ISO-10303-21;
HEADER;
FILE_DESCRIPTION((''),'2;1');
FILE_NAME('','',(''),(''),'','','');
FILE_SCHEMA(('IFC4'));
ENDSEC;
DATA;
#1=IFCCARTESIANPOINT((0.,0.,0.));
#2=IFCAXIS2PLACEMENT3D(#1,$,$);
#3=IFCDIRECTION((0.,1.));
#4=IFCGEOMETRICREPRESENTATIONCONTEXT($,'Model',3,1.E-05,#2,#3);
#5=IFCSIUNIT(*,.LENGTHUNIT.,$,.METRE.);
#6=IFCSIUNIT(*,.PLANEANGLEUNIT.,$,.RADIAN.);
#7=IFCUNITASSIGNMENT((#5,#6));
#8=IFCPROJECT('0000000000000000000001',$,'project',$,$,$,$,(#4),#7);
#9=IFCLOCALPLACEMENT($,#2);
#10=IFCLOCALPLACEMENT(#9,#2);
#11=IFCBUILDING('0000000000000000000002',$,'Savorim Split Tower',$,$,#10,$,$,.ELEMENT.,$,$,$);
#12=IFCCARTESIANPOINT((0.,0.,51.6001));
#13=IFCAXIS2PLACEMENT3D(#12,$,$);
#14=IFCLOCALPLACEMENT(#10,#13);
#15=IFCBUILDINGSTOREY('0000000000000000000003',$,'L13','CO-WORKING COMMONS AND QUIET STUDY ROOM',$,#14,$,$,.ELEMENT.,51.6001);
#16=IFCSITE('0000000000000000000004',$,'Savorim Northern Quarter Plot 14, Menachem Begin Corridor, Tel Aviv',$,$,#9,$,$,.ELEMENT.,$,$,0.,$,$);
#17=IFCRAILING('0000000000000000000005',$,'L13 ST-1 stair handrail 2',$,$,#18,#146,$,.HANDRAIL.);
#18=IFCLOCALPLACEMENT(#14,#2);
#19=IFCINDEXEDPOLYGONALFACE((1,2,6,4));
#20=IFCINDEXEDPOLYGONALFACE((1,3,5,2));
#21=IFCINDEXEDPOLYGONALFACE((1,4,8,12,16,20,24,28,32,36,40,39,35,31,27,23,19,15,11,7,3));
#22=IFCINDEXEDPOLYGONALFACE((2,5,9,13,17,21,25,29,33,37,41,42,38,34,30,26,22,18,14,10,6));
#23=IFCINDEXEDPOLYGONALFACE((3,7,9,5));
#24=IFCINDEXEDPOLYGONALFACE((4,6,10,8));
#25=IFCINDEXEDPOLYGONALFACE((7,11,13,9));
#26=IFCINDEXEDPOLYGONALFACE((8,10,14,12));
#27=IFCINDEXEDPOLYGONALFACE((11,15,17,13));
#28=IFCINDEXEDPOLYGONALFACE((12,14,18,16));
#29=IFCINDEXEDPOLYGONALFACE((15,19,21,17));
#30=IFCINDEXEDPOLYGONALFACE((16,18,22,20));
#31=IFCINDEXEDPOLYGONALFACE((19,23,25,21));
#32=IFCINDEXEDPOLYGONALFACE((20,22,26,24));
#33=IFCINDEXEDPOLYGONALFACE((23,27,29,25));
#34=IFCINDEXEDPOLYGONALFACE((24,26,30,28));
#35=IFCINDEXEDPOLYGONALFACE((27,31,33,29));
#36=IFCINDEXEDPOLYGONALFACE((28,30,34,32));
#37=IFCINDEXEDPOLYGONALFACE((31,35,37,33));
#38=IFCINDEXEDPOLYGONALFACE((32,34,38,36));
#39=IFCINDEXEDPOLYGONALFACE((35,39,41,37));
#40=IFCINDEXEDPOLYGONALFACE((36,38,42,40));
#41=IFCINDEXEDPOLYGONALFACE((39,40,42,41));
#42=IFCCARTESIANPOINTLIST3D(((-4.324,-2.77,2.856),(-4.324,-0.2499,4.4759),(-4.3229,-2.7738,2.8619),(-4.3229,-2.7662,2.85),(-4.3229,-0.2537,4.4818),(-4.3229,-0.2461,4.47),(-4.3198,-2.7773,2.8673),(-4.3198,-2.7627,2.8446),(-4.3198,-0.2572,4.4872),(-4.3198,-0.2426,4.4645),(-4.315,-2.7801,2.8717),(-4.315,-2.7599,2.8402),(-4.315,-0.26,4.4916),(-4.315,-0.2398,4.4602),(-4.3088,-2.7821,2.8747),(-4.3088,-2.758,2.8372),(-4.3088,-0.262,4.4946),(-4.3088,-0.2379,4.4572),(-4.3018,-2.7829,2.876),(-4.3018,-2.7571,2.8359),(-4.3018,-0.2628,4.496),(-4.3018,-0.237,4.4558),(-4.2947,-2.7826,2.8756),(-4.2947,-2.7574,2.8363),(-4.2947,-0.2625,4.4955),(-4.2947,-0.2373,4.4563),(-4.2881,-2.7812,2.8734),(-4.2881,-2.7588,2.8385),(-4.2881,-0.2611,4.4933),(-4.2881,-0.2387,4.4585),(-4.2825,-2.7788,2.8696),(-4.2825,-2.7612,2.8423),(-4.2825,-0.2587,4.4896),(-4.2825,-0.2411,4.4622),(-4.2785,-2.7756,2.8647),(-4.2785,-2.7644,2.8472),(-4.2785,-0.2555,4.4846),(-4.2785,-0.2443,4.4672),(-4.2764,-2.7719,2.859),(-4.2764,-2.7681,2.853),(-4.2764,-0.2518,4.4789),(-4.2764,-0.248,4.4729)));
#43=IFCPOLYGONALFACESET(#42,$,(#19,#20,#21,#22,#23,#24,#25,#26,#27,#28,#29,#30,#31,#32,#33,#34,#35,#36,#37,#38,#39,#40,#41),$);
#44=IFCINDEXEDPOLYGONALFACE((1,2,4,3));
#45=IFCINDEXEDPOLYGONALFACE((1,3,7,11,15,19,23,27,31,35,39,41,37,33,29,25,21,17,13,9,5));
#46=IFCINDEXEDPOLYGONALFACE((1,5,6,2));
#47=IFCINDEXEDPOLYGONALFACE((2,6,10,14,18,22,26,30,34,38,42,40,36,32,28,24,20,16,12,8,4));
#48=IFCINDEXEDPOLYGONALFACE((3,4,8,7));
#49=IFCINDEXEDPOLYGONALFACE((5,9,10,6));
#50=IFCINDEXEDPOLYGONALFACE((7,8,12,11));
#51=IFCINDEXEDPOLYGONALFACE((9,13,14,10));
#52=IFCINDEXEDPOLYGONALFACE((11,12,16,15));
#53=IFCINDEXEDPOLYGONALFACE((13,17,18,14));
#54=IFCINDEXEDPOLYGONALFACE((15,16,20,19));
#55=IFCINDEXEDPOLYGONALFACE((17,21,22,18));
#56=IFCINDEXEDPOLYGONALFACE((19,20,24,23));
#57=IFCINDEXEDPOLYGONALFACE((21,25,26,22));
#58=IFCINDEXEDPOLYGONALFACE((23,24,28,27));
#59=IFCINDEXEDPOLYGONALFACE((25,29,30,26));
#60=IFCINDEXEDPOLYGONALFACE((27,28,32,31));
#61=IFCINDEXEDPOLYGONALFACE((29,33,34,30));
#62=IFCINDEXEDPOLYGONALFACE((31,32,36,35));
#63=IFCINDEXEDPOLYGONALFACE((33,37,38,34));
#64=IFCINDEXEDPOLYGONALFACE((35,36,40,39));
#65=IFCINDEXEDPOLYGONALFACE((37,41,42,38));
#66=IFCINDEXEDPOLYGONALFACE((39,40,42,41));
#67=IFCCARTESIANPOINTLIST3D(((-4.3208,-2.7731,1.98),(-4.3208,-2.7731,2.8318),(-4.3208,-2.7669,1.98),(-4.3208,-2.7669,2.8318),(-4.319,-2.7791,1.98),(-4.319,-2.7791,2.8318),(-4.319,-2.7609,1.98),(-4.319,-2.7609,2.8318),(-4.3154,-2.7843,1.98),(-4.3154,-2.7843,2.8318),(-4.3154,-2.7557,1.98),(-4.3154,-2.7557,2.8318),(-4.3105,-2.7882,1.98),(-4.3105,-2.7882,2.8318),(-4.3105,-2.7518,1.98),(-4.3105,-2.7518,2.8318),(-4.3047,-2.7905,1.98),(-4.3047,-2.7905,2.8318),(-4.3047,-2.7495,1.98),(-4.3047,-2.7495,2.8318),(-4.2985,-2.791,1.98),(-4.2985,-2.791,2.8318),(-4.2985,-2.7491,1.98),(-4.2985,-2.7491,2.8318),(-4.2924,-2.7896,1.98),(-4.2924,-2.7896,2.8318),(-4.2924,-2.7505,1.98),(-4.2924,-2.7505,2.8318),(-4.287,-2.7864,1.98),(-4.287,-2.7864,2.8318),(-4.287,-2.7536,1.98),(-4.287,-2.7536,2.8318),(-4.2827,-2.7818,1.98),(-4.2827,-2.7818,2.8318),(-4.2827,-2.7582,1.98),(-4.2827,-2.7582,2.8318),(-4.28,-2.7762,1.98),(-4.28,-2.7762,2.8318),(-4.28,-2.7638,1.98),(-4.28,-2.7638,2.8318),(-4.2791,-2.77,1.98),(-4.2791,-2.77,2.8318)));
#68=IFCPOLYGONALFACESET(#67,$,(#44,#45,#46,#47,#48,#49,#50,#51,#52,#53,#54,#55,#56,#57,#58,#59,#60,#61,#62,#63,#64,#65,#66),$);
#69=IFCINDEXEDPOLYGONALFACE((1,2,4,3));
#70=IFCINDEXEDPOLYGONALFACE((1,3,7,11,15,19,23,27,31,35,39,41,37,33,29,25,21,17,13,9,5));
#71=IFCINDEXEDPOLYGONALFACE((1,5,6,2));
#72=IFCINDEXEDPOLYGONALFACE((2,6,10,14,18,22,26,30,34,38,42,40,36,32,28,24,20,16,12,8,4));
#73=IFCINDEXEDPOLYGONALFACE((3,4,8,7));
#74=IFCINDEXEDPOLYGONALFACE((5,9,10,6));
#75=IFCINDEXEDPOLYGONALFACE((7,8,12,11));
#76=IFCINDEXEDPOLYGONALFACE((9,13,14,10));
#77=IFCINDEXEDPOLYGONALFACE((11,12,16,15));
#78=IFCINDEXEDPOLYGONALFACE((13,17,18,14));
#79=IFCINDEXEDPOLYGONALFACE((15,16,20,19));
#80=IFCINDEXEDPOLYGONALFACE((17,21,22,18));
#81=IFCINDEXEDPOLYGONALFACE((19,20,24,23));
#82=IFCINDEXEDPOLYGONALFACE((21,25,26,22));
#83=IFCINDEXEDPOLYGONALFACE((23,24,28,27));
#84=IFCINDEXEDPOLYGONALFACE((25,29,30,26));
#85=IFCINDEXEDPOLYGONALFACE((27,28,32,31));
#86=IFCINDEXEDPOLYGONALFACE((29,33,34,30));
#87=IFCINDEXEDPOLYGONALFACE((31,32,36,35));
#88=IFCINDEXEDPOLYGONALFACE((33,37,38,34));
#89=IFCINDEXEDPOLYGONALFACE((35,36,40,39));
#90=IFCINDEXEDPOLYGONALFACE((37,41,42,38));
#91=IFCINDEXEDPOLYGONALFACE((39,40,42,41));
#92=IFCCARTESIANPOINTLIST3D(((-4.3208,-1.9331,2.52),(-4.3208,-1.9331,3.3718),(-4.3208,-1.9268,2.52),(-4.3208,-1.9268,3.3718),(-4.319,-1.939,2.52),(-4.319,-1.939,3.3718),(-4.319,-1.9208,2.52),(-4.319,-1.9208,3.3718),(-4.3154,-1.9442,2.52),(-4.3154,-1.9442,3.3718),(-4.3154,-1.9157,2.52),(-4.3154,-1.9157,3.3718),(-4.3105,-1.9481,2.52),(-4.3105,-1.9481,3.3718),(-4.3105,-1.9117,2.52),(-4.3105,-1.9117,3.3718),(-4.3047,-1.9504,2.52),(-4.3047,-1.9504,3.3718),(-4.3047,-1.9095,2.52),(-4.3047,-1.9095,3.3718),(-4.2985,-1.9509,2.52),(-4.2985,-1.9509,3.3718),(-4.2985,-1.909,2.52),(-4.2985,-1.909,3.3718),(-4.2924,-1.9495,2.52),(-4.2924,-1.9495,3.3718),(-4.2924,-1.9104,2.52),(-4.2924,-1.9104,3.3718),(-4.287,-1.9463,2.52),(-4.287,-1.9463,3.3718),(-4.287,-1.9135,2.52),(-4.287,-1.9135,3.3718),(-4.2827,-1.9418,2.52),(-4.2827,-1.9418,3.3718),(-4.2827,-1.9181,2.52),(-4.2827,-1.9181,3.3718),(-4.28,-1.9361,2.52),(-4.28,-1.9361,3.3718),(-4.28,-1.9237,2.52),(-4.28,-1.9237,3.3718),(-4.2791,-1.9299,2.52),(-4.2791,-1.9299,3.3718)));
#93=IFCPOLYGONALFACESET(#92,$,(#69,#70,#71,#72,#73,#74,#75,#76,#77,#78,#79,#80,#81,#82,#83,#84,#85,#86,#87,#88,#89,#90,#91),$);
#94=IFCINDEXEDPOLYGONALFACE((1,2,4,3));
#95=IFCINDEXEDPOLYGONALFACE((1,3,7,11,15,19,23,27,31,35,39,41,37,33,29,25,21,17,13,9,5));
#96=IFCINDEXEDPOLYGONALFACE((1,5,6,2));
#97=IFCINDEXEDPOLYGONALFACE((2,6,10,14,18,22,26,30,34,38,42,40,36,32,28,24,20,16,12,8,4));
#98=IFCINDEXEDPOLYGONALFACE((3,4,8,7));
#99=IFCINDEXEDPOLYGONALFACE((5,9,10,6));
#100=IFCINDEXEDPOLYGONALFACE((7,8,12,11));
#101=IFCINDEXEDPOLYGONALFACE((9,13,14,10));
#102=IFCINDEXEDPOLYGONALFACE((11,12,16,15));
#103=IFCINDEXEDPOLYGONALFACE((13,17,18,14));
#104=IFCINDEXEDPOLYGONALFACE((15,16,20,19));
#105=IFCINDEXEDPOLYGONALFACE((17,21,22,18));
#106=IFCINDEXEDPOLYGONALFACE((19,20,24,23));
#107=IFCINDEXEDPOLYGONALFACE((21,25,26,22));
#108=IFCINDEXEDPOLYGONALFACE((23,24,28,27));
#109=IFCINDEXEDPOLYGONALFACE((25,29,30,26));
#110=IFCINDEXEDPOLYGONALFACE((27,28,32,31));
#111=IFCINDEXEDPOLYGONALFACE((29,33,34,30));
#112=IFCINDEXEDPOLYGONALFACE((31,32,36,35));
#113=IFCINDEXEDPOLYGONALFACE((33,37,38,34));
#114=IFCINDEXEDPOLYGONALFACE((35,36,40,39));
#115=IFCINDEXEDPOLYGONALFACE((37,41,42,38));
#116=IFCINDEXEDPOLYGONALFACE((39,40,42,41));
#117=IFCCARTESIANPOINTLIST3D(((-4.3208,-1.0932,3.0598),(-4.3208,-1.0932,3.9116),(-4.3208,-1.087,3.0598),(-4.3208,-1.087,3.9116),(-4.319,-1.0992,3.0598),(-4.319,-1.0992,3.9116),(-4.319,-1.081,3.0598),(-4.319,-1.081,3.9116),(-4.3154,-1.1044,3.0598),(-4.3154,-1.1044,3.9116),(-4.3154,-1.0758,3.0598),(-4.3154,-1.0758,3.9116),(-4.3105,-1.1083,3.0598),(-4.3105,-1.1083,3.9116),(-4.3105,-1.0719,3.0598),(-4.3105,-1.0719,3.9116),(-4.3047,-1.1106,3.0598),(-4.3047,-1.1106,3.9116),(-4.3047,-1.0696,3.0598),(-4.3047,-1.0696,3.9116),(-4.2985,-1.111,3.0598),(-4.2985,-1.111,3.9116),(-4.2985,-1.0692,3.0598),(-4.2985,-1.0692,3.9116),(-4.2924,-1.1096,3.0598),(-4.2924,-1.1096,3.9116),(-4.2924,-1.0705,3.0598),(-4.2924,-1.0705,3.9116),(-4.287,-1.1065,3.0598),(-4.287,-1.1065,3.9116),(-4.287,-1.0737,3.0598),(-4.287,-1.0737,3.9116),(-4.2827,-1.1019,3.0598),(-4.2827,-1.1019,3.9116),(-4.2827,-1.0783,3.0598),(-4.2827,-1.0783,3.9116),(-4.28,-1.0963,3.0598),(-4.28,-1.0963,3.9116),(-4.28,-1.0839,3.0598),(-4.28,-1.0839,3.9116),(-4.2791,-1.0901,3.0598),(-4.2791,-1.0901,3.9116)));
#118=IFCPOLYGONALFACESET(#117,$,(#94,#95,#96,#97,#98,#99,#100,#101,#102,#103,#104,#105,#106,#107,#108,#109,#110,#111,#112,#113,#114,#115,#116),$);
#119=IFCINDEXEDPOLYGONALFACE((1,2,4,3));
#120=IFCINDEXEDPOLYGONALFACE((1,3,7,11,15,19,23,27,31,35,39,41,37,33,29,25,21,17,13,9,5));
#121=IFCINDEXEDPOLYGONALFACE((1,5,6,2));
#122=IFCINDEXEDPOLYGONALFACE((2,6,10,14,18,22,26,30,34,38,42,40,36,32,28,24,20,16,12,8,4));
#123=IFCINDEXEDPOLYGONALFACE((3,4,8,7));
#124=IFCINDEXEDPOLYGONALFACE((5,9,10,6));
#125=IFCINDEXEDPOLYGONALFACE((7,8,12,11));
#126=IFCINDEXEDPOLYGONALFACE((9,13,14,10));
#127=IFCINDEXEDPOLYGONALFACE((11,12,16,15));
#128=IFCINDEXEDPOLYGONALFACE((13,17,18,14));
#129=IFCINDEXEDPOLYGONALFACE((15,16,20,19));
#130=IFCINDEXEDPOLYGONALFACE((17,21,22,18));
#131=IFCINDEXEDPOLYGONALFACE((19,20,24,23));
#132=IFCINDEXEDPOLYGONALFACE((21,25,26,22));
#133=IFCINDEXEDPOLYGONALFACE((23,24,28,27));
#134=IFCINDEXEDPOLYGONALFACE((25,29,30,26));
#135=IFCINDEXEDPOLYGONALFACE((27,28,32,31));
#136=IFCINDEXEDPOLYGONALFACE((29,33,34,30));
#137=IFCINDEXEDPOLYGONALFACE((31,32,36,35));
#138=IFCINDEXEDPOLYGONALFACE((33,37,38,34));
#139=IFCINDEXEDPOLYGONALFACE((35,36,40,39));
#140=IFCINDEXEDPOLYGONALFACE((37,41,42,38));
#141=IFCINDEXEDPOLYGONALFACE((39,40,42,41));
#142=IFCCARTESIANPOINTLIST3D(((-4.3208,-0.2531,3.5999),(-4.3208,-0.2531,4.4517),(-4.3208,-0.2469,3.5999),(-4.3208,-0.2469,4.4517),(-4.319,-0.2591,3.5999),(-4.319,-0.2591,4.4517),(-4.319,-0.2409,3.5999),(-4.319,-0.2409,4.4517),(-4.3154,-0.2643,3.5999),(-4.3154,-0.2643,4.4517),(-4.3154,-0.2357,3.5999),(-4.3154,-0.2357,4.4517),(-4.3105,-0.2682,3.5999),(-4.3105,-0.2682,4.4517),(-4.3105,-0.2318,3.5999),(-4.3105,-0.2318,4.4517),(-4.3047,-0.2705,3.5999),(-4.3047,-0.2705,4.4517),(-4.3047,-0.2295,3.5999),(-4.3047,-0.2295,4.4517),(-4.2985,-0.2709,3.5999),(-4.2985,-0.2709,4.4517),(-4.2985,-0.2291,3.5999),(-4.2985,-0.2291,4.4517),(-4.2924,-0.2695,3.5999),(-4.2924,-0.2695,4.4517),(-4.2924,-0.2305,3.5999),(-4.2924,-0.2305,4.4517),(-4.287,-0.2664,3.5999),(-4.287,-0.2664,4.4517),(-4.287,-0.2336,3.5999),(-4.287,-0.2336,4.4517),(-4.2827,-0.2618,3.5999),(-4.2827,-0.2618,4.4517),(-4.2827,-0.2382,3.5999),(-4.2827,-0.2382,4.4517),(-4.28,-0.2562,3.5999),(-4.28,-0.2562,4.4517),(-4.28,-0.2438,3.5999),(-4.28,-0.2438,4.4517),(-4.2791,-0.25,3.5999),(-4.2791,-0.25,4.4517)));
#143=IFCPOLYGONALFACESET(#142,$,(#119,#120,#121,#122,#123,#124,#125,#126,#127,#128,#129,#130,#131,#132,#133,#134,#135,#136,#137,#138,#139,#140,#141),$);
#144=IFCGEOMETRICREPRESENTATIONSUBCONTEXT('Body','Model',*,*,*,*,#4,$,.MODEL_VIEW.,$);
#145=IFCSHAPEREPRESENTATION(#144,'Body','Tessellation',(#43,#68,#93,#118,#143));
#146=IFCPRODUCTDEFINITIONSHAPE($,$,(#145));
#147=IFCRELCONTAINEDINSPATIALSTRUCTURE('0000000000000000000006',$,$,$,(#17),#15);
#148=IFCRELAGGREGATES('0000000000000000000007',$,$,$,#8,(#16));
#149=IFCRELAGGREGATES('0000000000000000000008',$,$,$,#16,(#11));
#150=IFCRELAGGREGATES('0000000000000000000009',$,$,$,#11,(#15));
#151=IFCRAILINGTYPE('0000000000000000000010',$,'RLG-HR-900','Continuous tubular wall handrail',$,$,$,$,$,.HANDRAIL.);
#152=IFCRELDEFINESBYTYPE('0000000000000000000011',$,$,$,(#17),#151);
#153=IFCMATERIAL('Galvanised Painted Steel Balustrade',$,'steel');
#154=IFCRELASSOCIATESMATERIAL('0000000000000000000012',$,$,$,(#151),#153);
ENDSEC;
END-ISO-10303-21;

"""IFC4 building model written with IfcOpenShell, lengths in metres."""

from ifc_helpers import new_model, si_unit, direction, frame, origin, origin_2d, place, context, subcontext, project, spatial, circle, extrude, material, type_object, element, save


model = new_model("IFC4")

# Units and contexts
model_context = context("Model", 3, precision=1e-05, world=origin(), true_north=direction((0.0, 1.0)))
body_context = subcontext(model_context, "Body", "Model", "MODEL_VIEW")
ifc_project = project(units=[si_unit("LENGTHUNIT", "METRE"), si_unit("PLANEANGLEUNIT", "RADIAN")], contexts=[model_context])

# Site, building, storey
site_placement = place(None, origin())
site = spatial("IfcSite", under=ifc_project, at=site_placement, Name="Savorim Northern Quarter Plot 14, Menachem Begin Corridor, Tel Aviv", CompositionType="ELEMENT", RefElevation=0.0)
building_placement = place(site_placement, origin())
building = spatial("IfcBuilding", under=site, at=building_placement, Name="Savorim Split Tower", CompositionType="ELEMENT")
storey_placement = place(building_placement, frame((0.0, 0.0, 51.6001)))
storey = spatial("IfcBuildingStorey", under=building, at=storey_placement, Name="L13", Description="CO-WORKING COMMONS AND QUIET STUDY ROOM", CompositionType="ELEMENT", Elevation=51.6001)

# Railing
ifc_material_1 = material(Name="Galvanised Painted Steel Balustrade", Category="steel")
railing_type_1 = type_object("IfcRailingType", Name="RLG-HR-900", Description="Continuous tubular wall handrail", PredefinedType="HANDRAIL", material=ifc_material_1)
railing_1_placement = place(storey_placement, frame((-4.3, -2.77, 1.98)))
element("IfcRailing", 1, at=railing_1_placement, inside=storey, type_object=railing_type_1, Name="L13 ST-1 stair handrail 2", PredefinedType="HANDRAIL", context=body_context, shape_type="SweptSolid", body=[
    extrude(circle(Radius=0.0239, at=origin_2d()), frame((0.0, 0.0, 0.876), z_axis=(0.0, 0.8412, 0.540725), x_axis=(-1.0, 0.0, 0.0)), (0.0, 0.0, 1.0), 2.9958),
    extrude(circle(Radius=0.021, at=origin_2d()), origin(), (0.0, 0.0, 1.0), 0.8518),
    extrude(circle(Radius=0.021, at=origin_2d()), frame((0.0, 0.8401, 0.54)), (0.0, 0.0, 1.0), 0.8518),
    extrude(circle(Radius=0.021, at=origin_2d()), frame((0.0, 1.6799, 1.0798)), (0.0, 0.0, 1.0), 0.8518),
    extrude(circle(Radius=0.021, at=origin_2d()), frame((0.0, 2.52, 1.6199)), (0.0, 0.0, 1.0), 0.8518),
])

save(model, "model.ifc")
